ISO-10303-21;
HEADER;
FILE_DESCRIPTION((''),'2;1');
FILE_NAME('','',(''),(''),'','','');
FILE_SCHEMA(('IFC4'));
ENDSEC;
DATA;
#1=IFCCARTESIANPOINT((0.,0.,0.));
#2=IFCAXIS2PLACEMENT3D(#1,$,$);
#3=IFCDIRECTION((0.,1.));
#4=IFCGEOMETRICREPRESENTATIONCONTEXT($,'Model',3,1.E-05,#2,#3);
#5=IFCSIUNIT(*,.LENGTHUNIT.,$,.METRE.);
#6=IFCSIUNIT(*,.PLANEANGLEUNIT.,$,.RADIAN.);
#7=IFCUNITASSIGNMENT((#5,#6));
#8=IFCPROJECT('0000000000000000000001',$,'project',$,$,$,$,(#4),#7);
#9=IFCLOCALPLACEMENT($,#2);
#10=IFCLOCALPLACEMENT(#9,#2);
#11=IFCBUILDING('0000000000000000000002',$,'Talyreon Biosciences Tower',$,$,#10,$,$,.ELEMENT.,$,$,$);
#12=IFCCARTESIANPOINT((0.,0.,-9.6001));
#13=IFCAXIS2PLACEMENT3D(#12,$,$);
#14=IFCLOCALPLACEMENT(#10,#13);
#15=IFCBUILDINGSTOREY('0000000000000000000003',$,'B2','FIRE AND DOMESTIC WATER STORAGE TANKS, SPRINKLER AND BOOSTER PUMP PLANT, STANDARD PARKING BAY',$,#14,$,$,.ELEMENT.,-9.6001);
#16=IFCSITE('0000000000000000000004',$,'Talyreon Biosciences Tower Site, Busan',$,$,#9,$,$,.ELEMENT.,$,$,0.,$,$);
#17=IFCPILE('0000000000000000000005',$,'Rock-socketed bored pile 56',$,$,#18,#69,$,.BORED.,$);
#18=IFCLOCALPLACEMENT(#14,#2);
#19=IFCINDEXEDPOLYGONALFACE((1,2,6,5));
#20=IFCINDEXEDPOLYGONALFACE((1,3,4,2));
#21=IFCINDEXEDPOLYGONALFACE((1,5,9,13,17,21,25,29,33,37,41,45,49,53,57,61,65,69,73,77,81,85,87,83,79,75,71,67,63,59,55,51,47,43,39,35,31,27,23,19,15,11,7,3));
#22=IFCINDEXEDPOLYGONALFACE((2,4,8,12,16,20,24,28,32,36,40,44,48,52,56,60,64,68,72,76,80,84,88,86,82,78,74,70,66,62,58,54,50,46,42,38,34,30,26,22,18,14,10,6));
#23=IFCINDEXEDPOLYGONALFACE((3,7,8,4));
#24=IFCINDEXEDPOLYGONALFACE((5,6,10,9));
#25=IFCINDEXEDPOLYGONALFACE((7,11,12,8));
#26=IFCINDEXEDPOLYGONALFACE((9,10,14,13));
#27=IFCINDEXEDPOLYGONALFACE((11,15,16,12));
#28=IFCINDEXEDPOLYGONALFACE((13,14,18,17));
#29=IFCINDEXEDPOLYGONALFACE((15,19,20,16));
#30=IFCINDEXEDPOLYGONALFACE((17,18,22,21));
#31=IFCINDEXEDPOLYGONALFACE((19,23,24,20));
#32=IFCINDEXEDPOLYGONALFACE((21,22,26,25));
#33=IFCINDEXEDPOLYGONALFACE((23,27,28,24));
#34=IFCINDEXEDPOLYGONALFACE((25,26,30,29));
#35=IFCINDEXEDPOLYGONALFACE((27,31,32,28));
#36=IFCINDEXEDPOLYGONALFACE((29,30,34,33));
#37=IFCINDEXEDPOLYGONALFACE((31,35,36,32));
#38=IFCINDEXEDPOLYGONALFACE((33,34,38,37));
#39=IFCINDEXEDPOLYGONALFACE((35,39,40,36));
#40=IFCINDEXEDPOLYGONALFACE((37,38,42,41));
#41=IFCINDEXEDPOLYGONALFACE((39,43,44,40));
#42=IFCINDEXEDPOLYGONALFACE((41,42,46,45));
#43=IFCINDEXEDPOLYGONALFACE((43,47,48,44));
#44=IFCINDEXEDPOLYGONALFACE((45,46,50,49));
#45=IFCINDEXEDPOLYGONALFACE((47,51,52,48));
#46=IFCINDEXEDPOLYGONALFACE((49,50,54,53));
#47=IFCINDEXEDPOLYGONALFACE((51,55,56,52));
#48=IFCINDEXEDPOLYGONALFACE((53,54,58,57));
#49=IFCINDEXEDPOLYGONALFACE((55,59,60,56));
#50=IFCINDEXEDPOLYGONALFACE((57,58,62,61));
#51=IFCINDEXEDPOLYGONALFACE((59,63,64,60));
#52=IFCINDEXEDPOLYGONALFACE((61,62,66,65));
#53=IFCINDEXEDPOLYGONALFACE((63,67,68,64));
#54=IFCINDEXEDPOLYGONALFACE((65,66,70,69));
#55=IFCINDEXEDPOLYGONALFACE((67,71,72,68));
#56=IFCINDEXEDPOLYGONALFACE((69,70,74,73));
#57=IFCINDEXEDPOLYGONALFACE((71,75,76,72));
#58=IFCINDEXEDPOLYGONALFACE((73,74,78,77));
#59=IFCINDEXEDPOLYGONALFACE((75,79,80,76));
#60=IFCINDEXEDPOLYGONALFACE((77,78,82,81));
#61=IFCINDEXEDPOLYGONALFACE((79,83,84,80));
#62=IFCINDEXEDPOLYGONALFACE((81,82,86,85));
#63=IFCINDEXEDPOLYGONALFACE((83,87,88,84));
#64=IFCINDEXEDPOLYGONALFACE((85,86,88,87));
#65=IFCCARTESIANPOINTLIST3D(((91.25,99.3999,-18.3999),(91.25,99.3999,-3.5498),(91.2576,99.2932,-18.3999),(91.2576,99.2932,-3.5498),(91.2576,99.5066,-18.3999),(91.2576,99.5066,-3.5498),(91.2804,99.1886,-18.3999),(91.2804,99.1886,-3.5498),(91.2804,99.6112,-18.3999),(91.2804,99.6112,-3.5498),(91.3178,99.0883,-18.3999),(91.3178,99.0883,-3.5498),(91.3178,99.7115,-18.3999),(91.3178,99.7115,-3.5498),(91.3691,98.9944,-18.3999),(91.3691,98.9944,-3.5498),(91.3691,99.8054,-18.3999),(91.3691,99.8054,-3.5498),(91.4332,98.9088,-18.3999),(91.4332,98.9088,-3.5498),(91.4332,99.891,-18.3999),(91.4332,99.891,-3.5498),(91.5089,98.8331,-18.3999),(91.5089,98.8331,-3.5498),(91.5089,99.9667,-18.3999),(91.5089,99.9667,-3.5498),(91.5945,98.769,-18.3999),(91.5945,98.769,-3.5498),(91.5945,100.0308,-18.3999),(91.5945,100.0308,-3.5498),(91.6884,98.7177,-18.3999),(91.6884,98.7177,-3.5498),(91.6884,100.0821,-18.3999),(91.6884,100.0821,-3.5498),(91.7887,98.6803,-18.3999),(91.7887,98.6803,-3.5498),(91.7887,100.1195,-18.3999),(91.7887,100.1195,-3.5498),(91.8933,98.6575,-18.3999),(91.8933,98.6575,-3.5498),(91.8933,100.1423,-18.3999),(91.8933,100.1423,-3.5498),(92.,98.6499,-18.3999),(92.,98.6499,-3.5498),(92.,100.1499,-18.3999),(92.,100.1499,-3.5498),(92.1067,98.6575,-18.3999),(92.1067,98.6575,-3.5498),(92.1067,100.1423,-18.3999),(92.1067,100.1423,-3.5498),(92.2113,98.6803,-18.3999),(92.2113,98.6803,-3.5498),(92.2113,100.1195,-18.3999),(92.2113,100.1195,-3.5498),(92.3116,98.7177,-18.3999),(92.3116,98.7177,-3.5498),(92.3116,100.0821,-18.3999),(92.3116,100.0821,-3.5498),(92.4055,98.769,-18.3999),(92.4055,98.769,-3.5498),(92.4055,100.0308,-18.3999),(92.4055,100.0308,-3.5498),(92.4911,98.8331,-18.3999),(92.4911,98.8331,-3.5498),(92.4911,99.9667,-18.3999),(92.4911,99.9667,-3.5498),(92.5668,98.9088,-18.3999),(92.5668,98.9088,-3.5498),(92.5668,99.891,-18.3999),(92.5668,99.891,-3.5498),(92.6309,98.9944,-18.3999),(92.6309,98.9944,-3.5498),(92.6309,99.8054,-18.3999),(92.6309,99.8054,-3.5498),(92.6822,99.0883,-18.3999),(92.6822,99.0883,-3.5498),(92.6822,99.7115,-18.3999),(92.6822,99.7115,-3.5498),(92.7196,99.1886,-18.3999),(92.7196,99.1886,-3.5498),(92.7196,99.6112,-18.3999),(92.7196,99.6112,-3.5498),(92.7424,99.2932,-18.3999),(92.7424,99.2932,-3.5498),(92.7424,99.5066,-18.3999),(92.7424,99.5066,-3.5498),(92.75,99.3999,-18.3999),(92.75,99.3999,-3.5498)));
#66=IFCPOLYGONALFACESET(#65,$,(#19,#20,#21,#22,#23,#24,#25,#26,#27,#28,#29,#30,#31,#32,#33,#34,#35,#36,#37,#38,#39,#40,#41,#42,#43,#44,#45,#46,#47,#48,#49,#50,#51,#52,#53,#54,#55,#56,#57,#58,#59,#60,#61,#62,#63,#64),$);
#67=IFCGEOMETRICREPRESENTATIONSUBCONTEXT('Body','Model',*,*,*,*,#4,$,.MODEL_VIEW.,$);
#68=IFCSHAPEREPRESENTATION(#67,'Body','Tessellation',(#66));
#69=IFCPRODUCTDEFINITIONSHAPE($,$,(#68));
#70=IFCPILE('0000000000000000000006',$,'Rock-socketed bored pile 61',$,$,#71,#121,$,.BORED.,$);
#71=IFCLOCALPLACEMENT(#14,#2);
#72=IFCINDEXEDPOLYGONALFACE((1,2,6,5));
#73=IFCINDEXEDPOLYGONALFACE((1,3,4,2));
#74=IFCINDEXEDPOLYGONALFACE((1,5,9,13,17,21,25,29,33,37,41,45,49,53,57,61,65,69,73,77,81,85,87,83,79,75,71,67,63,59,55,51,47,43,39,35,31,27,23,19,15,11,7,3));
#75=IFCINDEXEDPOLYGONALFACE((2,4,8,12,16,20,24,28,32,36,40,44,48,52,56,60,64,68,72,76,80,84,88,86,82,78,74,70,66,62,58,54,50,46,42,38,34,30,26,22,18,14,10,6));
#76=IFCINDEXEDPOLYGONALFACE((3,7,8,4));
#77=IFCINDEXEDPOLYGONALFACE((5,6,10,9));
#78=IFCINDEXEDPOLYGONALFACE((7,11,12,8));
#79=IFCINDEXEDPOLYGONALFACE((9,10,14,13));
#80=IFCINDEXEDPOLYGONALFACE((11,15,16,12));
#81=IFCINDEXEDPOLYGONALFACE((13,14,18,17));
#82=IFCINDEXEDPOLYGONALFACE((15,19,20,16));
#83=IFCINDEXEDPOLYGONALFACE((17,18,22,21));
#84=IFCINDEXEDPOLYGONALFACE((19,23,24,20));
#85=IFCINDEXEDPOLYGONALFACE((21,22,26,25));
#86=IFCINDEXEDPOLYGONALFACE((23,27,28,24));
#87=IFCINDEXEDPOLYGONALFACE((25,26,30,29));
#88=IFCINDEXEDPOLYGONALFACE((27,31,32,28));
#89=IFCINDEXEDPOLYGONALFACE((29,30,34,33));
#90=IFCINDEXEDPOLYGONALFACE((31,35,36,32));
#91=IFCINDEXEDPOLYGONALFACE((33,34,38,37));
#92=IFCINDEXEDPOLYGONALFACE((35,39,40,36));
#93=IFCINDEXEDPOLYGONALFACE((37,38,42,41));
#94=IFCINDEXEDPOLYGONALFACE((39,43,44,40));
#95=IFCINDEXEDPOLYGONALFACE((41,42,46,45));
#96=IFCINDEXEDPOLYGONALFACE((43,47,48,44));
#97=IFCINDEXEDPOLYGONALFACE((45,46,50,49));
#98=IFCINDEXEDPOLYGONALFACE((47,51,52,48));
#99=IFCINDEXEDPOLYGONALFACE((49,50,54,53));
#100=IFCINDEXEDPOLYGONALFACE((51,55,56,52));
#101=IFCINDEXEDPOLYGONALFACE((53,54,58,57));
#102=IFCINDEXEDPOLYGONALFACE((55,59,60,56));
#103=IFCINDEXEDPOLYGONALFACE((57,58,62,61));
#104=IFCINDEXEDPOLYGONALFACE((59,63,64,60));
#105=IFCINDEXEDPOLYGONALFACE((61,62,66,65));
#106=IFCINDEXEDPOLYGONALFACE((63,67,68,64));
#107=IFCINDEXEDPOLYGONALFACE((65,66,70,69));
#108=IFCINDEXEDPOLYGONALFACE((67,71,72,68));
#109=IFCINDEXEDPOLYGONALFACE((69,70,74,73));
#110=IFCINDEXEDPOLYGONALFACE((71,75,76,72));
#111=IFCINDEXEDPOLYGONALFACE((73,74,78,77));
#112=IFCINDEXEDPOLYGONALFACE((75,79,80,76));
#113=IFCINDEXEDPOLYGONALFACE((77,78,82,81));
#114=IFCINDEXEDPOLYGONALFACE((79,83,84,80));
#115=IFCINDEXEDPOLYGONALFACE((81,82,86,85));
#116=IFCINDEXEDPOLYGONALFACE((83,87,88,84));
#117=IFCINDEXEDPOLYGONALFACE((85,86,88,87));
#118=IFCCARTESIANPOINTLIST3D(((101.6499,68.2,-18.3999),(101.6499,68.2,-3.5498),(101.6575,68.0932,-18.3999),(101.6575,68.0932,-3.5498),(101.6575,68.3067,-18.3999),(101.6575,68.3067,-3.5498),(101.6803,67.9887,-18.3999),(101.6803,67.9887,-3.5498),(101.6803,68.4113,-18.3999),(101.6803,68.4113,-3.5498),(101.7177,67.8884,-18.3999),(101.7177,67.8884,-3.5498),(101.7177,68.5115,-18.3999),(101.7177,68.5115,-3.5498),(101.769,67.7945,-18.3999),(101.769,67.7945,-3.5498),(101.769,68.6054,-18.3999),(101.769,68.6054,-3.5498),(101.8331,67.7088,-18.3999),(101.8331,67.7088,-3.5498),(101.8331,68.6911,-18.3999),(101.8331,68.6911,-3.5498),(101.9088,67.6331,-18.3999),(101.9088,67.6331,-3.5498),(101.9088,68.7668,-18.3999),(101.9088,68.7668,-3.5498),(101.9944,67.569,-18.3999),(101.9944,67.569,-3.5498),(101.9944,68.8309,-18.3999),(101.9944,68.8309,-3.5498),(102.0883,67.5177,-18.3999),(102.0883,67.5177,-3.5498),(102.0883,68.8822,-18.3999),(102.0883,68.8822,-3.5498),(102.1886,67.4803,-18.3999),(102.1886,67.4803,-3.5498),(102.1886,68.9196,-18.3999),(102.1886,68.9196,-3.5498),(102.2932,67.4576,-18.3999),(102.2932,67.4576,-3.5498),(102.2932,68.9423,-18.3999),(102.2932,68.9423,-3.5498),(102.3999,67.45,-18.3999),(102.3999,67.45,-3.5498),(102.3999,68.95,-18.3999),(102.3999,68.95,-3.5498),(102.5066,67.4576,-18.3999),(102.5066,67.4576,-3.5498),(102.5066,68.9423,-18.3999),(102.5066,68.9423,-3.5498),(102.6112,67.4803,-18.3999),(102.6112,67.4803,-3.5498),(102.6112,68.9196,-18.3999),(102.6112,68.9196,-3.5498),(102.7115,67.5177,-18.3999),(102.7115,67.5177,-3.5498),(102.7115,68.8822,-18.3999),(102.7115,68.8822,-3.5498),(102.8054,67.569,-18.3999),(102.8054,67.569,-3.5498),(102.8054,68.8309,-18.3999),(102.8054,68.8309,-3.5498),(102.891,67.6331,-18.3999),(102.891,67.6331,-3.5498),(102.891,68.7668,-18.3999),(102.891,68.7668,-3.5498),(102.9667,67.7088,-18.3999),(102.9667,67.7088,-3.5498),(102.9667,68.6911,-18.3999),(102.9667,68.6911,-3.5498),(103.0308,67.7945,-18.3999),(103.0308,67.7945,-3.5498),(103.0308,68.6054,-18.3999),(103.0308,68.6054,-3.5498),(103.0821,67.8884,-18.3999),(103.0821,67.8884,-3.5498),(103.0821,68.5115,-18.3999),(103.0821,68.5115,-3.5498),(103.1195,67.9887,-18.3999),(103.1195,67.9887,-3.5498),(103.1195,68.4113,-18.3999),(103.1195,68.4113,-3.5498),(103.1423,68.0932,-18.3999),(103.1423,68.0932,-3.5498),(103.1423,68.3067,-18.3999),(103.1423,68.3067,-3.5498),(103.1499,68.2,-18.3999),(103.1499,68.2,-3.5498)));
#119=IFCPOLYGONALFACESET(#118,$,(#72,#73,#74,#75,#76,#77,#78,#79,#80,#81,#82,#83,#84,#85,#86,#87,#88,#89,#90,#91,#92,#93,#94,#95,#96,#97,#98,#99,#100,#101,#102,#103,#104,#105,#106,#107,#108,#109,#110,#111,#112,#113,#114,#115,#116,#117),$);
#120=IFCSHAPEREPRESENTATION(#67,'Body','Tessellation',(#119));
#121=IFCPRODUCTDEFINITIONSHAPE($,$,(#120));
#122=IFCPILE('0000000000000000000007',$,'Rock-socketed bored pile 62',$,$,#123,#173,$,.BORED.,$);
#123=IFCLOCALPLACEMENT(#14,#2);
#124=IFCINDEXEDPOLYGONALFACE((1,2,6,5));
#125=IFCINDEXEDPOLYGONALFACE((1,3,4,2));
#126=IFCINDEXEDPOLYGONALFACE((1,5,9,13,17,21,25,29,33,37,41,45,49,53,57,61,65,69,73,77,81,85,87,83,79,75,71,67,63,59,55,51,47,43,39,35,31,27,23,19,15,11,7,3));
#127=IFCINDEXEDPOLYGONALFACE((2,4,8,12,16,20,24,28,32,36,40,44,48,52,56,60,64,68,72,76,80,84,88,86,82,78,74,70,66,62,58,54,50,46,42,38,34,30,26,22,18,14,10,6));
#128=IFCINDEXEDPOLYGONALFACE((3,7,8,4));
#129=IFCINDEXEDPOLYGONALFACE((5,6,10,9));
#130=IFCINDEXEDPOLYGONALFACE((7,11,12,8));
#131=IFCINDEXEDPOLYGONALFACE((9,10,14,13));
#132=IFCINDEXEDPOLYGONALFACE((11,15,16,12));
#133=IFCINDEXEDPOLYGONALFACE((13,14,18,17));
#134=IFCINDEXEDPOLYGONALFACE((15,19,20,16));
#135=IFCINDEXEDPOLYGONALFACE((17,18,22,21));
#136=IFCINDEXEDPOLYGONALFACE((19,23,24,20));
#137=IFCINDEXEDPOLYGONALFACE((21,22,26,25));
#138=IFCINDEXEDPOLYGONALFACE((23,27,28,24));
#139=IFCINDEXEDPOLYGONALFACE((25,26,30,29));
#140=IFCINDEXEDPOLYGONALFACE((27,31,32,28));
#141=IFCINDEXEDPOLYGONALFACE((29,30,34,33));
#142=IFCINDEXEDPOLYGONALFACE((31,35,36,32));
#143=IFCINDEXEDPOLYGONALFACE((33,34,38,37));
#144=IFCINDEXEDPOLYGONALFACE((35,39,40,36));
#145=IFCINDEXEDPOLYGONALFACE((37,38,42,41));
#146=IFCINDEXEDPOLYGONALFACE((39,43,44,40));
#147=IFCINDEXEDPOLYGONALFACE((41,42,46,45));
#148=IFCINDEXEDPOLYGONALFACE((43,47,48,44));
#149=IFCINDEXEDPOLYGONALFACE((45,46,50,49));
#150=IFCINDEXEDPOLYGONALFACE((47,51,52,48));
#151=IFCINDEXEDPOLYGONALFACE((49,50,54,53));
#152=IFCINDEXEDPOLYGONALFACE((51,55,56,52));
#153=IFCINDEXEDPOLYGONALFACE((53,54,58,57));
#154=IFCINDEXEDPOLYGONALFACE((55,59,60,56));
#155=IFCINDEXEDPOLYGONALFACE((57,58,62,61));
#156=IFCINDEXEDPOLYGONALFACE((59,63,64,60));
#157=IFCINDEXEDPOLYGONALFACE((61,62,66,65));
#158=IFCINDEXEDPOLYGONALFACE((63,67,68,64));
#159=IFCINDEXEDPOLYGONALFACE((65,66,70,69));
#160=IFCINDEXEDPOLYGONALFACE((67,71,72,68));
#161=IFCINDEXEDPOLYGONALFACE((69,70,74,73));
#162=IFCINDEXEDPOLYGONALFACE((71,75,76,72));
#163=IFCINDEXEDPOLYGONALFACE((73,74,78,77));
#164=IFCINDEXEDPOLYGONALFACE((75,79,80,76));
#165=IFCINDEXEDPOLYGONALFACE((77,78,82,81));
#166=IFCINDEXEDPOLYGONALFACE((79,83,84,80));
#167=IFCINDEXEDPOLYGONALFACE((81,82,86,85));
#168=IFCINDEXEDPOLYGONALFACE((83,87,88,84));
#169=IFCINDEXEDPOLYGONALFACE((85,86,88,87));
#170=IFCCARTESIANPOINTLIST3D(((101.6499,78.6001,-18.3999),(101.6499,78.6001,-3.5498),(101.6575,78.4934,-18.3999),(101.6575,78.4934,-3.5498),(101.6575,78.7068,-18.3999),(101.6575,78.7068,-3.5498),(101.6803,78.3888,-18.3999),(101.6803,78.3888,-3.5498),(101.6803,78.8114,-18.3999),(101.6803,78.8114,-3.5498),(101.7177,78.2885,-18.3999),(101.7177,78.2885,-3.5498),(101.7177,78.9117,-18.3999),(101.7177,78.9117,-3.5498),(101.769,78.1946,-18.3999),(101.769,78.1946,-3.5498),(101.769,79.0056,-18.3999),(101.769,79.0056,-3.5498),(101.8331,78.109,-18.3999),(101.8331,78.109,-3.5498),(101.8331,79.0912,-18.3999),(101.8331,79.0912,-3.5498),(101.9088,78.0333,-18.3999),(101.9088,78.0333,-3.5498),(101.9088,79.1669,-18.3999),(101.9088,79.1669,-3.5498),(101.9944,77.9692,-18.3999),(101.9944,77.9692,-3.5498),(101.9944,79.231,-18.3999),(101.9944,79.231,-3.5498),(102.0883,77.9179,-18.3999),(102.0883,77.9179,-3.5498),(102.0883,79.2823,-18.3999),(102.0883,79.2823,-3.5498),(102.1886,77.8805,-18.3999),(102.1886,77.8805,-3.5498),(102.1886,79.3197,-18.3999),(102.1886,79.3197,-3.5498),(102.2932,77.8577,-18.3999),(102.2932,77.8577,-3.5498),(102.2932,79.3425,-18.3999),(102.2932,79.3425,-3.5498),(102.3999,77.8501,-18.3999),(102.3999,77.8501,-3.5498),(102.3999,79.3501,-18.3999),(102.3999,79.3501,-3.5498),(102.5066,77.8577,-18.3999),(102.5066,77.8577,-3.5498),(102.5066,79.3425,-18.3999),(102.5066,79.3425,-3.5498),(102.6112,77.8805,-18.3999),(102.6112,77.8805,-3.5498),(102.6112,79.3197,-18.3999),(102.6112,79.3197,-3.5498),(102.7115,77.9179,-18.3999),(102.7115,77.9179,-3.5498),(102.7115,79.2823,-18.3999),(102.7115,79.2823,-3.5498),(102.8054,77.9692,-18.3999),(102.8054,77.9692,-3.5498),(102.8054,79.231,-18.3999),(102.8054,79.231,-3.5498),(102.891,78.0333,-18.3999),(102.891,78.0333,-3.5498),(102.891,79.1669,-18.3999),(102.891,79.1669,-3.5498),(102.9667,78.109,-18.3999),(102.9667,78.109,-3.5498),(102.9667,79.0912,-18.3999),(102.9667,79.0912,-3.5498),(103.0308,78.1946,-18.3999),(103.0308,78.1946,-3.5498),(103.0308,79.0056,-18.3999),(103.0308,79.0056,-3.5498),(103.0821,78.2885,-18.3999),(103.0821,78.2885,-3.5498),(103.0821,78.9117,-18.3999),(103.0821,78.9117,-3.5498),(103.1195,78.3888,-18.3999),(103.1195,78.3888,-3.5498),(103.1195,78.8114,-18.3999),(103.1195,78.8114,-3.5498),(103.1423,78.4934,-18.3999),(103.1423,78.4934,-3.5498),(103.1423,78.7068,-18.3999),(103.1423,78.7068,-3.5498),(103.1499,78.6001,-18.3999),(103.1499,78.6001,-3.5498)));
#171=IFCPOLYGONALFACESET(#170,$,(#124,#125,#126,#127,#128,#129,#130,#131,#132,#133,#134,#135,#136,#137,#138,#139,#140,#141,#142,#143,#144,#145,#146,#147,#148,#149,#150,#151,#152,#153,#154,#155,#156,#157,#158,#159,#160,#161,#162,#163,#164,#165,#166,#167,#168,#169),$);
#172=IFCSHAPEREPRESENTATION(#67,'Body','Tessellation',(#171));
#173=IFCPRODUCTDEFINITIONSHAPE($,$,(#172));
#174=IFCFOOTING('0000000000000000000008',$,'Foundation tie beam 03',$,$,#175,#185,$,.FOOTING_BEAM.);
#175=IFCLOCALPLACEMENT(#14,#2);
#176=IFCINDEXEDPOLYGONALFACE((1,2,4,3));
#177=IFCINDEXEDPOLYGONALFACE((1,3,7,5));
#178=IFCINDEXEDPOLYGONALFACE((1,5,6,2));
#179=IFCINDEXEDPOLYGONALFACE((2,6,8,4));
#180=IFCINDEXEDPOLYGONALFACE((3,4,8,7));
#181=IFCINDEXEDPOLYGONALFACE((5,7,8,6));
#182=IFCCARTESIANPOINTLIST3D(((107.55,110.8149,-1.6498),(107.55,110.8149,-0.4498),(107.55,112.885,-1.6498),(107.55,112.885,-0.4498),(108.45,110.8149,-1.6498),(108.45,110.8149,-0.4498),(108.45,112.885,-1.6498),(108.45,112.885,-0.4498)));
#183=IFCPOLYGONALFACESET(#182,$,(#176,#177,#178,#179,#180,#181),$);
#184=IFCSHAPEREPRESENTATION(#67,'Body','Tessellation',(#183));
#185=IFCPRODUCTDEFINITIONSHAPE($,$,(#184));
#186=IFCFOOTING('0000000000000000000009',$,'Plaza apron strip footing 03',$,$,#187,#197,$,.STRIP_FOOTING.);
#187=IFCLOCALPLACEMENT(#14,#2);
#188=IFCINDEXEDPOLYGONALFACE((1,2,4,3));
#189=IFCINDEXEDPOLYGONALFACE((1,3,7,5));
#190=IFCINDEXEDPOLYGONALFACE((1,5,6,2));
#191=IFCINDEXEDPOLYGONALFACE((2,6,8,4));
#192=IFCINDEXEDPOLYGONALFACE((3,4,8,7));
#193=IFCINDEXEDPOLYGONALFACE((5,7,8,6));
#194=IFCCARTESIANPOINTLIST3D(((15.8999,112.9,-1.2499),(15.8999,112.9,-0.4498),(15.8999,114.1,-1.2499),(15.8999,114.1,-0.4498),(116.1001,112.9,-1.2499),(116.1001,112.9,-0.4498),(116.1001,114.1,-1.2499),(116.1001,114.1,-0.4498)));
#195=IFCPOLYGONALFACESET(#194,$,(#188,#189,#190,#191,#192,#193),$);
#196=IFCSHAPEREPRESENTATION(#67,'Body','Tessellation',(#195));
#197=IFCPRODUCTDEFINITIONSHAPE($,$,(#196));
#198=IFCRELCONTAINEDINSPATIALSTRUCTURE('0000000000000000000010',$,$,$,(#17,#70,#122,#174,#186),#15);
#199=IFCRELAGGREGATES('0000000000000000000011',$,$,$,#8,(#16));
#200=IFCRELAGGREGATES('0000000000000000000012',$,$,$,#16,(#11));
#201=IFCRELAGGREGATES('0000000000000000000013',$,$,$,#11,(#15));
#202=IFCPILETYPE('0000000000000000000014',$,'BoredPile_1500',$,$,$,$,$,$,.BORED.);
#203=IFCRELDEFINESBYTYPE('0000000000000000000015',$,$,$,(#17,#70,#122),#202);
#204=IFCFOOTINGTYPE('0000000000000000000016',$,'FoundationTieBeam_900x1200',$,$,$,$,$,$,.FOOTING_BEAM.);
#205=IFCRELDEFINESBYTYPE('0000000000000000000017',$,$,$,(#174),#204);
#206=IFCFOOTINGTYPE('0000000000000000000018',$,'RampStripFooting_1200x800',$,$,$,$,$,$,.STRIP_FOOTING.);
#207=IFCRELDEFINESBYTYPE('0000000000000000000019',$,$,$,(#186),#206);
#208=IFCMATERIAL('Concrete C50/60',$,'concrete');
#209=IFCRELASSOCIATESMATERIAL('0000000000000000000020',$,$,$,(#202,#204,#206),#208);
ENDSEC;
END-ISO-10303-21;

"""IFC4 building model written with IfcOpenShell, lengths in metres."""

from ifc_helpers import new_model, si_unit, direction, frame, origin, origin_2d, place, context, subcontext, project, spatial, rectangle, circle, extrude, material, material_profile, profile_set, type_object, element, save


model = new_model("IFC4")

# Units and contexts
model_context = context("Model", 3, precision=1e-05, world=origin(), true_north=direction((0.0, 1.0)))
body_context = subcontext(model_context, "Body", "Model", "MODEL_VIEW")
ifc_project = project(units=[si_unit("LENGTHUNIT", "METRE"), si_unit("PLANEANGLEUNIT", "RADIAN")], contexts=[model_context])

# Site, building, storey
site_placement = place(None, origin())
site = spatial("IfcSite", under=ifc_project, at=site_placement, Name="Talyreon Biosciences Tower Site, Busan", CompositionType="ELEMENT", RefElevation=0.0)
building_placement = place(site_placement, origin())
building = spatial("IfcBuilding", under=site, at=building_placement, Name="Talyreon Biosciences Tower", CompositionType="ELEMENT")
storey_placement = place(building_placement, frame((0.0, 0.0, -9.6001)))
storey = spatial("IfcBuildingStorey", under=building, at=storey_placement, Name="B2", Description="FIRE AND DOMESTIC WATER STORAGE TANKS, SPRINKLER AND BOOSTER PUMP PLANT, STANDARD PARKING BAY", CompositionType="ELEMENT", Elevation=-9.6001)

# Piles
ifc_material_1 = material(Name="Concrete C50/60", Category="concrete")
ifc_material_profile_1 = material_profile(ifc_material_1, circle(Radius=0.75, at=origin_2d()), Name="PILE D1500")
ifc_profile_set_1 = profile_set([ifc_material_profile_1], Name="Concrete C50/60")
pile_type_1 = type_object("IfcPileType", Name="BoredPile_1500", PredefinedType="BORED", material=ifc_profile_set_1)
for number, where, z_axis, x_axis, name in (
    (1, (92.0, 99.3999, -3.5498), (0.0, 0.0, -1.0), (1.0, 0.0, 0.0), "Rock-socketed bored pile 56"),
    (2, (102.3999, 68.2, -3.5498), (0.0, 0.0, -1.0), (1.0, 0.0, 0.0), "Rock-socketed bored pile 61"),
    (3, (102.3999, 78.6001, -3.5498), (0.0, 0.0, -1.0), (1.0, 0.0, 0.0), "Rock-socketed bored pile 62"),
):
    element("IfcPile", number, at=place(storey_placement, frame(where, z_axis=z_axis, x_axis=x_axis)), inside=storey, type_object=pile_type_1, Name=name, PredefinedType="BORED", context=body_context, shape_type="SweptSolid", body=[
        extrude(circle(Radius=0.75, at=origin_2d()), origin(), (0.0, 0.0, 1.0), 14.8501),
    ])

# Footings
ifc_material_profile_2 = material_profile(ifc_material_1, rectangle(XDim=0.8999, YDim=1.2, at=origin_2d()), Name="FB 900x1200")
ifc_profile_set_2 = profile_set([ifc_material_profile_2], Name="Concrete C50/60")
footing_type_1 = type_object("IfcFootingType", Name="FoundationTieBeam_900x1200", PredefinedType="FOOTING_BEAM", material=ifc_profile_set_2)
footing_1_placement = place(storey_placement, frame((108.0, 110.8149, -1.0498), z_axis=(0.0, 1.0, 0.0), x_axis=(-1.0, 0.0, 0.0)))
element("IfcFooting", 4, at=footing_1_placement, inside=storey, type_object=footing_type_1, Name="Foundation tie beam 03", PredefinedType="FOOTING_BEAM", context=body_context, shape_type="SweptSolid", body=[
    extrude(rectangle(XDim=0.8999, YDim=1.2, at=origin_2d()), origin(), (0.0, 0.0, 1.0), 2.0701),
])
ifc_material_profile_3 = material_profile(ifc_material_1, rectangle(XDim=1.2, YDim=0.8, at=origin_2d()), Name="SF 1200x800")
ifc_profile_set_3 = profile_set([ifc_material_profile_3], Name="Concrete C50/60")
footing_type_2 = type_object("IfcFootingType", Name="RampStripFooting_1200x800", PredefinedType="STRIP_FOOTING", material=ifc_profile_set_3)
footing_2_placement = place(storey_placement, frame((116.1001, 113.5, -0.8499), z_axis=(-1.0, 0.0, 0.0), x_axis=(0.0, -1.0, 0.0)))
element("IfcFooting", 5, at=footing_2_placement, inside=storey, type_object=footing_type_2, Name="Plaza apron strip footing 03", PredefinedType="STRIP_FOOTING", context=body_context, shape_type="SweptSolid", body=[
    extrude(rectangle(XDim=1.2, YDim=0.8, at=origin_2d()), origin(), (0.0, 0.0, 1.0), 100.2002),
])

save(model, "model.ifc")
